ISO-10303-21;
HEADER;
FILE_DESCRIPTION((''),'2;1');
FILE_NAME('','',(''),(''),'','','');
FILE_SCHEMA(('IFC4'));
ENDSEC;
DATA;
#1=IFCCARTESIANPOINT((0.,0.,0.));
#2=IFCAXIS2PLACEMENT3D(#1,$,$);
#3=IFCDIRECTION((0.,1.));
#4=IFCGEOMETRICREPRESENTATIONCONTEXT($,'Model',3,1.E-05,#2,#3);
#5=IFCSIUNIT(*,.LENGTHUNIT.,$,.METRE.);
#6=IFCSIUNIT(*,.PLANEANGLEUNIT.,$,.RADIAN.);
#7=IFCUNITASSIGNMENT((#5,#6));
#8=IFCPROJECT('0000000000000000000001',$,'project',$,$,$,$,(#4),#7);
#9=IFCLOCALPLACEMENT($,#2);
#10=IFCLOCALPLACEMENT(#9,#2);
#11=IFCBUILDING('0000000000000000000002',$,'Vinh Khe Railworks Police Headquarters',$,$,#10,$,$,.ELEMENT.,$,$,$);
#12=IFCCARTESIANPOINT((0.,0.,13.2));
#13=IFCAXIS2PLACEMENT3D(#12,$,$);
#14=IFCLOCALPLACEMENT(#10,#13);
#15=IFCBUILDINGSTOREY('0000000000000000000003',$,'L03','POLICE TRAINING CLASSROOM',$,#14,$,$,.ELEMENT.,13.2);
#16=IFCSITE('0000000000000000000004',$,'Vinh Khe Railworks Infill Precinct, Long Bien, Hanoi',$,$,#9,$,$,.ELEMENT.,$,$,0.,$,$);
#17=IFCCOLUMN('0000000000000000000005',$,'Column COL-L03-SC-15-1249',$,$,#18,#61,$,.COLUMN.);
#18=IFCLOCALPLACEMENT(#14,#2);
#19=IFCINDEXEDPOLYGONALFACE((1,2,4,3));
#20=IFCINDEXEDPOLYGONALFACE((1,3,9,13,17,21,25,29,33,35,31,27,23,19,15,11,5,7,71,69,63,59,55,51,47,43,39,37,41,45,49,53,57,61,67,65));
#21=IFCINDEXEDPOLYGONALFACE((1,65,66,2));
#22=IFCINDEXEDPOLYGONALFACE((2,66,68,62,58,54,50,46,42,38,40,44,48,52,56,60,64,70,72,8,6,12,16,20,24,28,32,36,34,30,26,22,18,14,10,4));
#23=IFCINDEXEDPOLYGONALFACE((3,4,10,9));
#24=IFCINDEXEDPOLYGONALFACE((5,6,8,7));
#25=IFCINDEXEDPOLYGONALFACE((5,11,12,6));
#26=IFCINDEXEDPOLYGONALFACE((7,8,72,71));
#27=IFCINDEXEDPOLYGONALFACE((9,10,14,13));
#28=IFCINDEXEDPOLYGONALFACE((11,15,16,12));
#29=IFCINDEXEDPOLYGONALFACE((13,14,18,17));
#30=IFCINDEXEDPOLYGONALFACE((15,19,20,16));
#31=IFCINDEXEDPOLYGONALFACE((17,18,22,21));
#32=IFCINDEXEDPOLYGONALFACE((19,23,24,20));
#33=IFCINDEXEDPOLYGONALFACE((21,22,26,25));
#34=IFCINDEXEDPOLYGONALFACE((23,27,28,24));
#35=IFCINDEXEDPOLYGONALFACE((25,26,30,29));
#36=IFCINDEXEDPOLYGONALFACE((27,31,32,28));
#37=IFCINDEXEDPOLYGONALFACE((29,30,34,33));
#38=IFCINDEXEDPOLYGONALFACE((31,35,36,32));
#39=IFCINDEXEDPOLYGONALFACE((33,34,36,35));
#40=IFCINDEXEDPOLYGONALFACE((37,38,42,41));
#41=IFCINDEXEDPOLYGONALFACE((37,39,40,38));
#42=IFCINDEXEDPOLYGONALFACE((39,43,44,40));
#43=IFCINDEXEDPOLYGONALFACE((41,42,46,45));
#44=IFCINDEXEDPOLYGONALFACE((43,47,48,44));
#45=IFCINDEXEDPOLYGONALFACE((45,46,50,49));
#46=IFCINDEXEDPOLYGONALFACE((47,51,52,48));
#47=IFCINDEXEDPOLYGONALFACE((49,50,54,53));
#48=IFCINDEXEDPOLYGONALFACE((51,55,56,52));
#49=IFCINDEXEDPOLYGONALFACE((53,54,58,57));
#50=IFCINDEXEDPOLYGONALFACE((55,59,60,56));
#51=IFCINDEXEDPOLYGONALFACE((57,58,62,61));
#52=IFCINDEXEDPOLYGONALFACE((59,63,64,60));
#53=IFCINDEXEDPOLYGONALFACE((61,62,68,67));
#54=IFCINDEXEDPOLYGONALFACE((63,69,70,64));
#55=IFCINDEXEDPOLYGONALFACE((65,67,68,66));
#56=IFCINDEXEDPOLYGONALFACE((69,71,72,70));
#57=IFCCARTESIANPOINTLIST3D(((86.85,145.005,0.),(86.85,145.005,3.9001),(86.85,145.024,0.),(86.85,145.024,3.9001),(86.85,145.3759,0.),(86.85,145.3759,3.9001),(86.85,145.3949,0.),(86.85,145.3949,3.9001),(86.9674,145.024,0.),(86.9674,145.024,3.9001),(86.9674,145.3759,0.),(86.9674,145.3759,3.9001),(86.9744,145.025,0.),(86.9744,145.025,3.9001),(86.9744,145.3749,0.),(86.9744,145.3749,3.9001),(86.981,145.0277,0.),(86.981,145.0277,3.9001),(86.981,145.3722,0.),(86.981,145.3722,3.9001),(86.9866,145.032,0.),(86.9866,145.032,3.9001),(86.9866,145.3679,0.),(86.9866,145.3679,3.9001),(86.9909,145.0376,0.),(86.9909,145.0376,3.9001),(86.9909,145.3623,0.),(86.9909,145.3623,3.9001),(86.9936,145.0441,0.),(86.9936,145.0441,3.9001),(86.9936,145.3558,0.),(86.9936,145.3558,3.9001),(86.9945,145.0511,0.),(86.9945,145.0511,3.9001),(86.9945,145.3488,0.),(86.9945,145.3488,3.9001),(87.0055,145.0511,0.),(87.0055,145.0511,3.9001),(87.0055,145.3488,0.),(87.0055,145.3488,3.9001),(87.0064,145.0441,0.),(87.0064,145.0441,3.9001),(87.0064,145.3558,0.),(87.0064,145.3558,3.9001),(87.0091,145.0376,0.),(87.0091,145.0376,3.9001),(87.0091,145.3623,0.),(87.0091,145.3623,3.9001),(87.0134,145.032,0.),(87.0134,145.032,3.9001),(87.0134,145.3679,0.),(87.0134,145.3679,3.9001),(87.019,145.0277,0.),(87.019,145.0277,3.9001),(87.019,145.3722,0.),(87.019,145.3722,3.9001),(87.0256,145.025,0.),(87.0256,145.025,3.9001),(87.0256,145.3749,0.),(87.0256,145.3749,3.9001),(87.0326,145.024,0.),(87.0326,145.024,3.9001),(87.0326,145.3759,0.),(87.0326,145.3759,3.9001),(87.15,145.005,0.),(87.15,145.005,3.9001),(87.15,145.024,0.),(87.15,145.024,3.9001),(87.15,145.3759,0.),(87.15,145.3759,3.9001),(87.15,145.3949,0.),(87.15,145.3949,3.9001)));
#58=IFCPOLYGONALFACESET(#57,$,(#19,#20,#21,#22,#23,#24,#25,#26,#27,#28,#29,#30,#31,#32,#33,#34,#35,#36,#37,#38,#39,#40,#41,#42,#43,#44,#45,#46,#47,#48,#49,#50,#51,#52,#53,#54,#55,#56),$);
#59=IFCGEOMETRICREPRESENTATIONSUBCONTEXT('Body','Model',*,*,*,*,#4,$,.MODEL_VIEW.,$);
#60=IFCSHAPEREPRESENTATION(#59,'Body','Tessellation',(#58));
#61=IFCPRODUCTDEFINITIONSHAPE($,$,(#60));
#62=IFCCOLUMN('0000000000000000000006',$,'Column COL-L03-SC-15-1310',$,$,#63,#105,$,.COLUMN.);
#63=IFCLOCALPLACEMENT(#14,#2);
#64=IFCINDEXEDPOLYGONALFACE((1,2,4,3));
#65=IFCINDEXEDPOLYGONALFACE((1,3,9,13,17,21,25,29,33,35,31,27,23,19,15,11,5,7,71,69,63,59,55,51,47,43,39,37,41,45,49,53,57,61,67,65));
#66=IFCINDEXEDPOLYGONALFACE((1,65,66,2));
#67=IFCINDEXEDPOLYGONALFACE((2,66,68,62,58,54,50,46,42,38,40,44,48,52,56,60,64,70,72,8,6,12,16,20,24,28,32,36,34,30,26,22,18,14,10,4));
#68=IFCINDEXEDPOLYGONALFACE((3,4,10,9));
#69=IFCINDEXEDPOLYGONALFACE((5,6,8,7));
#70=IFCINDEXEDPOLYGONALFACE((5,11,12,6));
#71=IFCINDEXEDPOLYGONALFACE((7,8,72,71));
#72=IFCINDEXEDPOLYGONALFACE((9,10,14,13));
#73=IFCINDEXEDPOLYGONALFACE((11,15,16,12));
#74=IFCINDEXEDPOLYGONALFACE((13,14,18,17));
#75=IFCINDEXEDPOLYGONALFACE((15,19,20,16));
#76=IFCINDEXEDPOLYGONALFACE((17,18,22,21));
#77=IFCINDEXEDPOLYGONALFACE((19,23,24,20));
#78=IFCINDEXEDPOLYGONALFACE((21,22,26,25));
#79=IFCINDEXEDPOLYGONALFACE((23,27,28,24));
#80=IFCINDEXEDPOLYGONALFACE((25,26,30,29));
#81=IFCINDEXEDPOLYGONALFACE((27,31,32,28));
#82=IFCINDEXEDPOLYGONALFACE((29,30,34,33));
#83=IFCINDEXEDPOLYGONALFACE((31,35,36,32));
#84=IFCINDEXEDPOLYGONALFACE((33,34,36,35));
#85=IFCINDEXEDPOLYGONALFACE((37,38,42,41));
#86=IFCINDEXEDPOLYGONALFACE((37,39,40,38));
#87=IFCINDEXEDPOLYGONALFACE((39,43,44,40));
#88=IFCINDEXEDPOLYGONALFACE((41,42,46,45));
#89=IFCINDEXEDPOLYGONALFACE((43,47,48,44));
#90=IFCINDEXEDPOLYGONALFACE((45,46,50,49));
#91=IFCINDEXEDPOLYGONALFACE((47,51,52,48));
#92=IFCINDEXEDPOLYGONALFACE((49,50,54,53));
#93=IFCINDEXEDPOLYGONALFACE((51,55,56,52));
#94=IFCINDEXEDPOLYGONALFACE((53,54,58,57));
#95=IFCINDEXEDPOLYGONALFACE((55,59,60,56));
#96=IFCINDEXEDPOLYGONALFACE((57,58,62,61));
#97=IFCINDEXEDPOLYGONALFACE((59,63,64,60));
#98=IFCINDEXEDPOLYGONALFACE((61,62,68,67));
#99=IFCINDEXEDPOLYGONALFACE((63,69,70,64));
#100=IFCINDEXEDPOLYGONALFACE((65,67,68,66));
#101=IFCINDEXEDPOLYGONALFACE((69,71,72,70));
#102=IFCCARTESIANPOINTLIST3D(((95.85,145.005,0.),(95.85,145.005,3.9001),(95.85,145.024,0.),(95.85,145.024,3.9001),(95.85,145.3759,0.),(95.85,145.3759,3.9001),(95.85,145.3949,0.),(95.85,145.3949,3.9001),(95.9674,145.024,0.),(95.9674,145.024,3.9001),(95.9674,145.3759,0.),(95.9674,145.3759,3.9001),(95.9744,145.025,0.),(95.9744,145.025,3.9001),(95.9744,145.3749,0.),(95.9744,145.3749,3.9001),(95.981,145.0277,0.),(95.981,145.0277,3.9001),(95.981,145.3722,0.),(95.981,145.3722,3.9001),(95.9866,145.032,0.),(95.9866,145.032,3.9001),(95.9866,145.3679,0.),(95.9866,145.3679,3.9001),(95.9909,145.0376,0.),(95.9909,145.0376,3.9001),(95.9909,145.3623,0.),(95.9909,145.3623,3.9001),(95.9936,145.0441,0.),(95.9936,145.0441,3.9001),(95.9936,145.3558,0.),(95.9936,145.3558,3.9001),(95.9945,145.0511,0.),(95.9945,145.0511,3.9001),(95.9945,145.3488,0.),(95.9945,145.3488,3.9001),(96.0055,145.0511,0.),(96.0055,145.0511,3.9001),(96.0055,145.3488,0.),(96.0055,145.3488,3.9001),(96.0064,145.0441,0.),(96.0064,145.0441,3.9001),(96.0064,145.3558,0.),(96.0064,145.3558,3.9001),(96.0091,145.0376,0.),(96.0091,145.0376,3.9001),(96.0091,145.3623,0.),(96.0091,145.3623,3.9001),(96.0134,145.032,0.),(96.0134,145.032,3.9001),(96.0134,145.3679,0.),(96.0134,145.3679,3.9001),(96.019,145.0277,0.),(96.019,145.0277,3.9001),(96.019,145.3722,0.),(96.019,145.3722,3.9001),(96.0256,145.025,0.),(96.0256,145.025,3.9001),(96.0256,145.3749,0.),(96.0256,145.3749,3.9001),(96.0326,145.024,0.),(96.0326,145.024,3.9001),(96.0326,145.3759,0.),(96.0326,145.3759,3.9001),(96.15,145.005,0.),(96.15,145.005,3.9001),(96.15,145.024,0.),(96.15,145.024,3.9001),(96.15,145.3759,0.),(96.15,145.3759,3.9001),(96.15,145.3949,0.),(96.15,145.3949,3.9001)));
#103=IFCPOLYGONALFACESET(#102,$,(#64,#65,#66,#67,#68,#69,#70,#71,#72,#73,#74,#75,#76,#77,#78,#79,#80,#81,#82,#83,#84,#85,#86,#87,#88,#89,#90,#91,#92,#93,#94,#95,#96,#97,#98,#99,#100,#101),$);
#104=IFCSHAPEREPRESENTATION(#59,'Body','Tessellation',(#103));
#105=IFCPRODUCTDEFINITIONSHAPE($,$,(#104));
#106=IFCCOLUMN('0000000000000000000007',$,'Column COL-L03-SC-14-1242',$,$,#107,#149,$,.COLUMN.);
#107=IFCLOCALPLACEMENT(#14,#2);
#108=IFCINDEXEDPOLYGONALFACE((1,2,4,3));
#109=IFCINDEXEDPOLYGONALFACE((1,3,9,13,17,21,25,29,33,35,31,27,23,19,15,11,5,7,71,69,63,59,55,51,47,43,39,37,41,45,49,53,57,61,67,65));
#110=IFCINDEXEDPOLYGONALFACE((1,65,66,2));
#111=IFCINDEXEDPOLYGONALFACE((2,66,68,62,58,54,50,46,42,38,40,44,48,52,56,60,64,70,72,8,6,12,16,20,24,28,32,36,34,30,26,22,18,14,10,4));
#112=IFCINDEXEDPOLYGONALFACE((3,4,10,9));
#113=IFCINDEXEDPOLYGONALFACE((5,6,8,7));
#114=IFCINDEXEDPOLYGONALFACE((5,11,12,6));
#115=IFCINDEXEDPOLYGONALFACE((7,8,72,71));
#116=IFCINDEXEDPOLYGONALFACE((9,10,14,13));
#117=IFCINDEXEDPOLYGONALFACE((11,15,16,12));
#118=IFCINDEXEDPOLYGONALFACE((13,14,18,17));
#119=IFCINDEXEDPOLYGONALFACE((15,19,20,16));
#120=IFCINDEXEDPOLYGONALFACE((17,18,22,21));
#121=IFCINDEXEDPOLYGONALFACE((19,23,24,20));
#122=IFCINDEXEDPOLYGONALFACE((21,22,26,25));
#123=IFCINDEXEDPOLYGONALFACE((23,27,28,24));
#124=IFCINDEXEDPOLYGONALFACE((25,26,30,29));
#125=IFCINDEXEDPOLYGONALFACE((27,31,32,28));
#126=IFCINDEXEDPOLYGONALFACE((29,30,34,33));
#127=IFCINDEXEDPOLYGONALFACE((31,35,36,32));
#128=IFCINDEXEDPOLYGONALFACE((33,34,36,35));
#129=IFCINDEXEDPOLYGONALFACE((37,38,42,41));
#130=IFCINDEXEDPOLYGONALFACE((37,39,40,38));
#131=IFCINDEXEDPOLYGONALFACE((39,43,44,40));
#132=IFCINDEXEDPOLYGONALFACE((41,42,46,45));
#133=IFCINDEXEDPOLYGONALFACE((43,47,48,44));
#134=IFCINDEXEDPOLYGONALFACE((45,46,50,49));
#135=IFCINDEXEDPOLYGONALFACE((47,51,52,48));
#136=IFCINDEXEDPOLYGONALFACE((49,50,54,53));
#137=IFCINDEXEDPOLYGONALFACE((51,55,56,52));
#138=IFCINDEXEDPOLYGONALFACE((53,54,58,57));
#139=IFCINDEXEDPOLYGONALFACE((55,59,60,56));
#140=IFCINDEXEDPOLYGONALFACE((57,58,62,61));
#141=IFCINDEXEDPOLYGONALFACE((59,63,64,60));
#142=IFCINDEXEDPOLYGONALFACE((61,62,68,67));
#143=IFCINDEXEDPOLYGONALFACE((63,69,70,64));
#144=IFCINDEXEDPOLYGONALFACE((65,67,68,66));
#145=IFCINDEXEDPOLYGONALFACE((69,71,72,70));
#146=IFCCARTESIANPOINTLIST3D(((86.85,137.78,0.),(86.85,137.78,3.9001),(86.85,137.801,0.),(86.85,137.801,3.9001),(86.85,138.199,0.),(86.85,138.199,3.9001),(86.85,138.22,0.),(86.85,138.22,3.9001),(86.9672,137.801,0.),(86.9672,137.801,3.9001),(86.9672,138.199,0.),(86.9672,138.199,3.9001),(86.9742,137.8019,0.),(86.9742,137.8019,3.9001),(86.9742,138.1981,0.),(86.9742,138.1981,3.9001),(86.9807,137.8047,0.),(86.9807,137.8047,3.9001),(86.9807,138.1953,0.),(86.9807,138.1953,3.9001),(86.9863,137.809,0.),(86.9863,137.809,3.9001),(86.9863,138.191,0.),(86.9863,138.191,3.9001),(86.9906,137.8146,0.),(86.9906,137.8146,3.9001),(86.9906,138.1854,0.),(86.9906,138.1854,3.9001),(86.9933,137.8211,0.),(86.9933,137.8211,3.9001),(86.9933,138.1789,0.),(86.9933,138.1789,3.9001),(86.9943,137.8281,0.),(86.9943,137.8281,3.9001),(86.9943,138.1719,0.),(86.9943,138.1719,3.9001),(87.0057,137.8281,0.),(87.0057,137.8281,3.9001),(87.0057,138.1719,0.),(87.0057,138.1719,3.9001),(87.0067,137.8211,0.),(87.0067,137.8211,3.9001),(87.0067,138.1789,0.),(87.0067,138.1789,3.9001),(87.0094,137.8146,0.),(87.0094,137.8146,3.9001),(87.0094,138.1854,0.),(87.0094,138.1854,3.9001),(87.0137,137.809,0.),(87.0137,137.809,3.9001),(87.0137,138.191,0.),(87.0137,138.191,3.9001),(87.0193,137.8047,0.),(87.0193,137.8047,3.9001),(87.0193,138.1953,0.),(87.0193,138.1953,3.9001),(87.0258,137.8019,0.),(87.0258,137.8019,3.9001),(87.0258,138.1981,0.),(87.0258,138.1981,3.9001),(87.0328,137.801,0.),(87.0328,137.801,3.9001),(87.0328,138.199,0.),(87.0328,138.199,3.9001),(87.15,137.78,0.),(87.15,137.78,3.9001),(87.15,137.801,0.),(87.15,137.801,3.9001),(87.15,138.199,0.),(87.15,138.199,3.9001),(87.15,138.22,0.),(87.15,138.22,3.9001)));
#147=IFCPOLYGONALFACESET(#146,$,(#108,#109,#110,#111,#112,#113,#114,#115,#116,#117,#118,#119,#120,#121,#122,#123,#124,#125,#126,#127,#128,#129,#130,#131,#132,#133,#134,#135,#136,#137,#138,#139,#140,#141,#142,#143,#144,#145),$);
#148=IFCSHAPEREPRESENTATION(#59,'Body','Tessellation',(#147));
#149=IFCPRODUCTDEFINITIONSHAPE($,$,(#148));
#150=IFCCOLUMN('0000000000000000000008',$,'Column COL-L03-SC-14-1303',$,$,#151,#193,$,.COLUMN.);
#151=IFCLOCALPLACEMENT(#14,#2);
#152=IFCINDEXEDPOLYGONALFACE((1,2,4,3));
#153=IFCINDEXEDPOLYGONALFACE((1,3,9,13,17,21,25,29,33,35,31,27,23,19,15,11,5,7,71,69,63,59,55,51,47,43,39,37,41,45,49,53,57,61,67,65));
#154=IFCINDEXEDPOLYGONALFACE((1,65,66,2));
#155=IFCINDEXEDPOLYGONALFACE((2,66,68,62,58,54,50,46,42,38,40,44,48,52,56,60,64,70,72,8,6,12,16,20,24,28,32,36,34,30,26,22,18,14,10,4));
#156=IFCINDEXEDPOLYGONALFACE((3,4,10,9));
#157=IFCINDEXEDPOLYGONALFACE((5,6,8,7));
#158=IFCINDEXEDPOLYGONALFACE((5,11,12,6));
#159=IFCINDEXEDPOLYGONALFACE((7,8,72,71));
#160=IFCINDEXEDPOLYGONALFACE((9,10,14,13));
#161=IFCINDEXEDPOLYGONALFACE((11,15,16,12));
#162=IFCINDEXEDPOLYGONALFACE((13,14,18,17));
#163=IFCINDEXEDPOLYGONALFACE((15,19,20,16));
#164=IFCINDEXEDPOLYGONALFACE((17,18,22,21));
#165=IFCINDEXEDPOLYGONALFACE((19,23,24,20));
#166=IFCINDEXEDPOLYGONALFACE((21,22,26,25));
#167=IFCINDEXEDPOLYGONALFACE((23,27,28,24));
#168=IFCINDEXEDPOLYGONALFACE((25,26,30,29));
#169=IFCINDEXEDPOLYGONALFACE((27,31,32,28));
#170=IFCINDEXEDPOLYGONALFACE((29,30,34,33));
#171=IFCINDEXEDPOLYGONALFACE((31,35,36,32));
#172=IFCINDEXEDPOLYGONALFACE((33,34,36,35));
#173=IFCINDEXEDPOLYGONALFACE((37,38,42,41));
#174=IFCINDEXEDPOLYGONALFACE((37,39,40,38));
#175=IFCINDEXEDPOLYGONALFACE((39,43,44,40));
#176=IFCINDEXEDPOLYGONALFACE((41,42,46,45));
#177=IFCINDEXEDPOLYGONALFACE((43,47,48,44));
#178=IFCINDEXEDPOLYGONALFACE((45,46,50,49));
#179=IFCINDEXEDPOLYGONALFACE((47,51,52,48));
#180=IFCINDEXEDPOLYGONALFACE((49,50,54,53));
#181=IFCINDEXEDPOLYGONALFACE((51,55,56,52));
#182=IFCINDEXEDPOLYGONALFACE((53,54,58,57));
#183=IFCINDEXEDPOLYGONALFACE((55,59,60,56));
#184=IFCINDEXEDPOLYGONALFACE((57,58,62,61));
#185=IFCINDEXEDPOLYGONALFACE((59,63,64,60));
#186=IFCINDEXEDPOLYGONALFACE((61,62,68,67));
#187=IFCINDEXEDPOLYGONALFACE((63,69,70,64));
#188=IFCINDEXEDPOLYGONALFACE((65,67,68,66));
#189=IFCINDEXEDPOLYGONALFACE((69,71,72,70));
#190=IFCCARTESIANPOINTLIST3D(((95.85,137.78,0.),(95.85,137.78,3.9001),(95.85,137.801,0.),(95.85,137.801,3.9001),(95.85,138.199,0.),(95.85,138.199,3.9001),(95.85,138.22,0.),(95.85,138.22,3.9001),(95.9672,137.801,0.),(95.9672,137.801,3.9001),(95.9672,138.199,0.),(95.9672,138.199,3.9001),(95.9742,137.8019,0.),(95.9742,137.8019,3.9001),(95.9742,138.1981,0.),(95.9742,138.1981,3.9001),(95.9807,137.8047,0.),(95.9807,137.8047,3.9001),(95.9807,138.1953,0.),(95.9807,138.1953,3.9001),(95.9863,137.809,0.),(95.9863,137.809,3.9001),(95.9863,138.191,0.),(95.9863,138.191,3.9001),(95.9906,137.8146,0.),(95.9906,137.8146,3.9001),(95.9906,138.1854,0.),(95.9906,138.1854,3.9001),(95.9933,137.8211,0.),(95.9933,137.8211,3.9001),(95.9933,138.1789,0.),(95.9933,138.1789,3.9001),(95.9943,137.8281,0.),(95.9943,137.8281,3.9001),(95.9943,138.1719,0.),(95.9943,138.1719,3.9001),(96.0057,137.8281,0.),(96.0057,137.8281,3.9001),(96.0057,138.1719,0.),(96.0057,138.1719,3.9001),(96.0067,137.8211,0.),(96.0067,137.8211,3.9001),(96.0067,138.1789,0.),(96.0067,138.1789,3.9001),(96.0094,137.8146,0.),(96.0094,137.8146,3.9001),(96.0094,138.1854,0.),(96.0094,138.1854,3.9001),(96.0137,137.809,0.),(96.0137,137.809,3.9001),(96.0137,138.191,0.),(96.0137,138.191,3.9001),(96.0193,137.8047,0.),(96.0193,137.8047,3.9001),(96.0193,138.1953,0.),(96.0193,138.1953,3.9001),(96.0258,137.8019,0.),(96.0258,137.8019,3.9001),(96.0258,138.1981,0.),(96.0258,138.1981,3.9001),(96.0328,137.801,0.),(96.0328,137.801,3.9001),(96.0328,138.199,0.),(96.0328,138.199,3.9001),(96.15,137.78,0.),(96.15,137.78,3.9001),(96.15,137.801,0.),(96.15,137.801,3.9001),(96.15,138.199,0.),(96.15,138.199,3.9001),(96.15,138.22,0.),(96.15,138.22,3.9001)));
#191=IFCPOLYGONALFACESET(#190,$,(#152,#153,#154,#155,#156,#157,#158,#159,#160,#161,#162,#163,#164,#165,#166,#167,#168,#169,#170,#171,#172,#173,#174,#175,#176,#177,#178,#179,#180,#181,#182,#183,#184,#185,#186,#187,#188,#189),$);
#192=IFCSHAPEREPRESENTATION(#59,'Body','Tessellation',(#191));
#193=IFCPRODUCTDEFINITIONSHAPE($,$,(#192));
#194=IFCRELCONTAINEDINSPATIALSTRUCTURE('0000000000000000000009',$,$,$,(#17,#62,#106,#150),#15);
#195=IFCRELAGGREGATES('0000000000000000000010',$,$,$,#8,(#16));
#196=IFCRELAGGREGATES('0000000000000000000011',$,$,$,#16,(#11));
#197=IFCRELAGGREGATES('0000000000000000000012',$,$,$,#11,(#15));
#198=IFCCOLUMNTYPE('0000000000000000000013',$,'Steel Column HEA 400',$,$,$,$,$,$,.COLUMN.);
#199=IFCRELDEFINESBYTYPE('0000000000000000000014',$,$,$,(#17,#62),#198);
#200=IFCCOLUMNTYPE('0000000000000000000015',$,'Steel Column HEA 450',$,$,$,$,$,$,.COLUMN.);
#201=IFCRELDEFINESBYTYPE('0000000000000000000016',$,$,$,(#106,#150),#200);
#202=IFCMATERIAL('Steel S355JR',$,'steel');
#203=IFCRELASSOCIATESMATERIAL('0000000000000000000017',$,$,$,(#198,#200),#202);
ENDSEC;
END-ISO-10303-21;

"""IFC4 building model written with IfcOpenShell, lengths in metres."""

from ifc_helpers import new_model, si_unit, direction, frame, origin, origin_2d, place, context, subcontext, project, spatial, i_section, extrude, material, material_profile, profile_set, type_object, element, save


model = new_model("IFC4")

# Units and contexts
model_context = context("Model", 3, precision=1e-05, world=origin(), true_north=direction((0.0, 1.0)))
body_context = subcontext(model_context, "Body", "Model", "MODEL_VIEW")
ifc_project = project(units=[si_unit("LENGTHUNIT", "METRE"), si_unit("PLANEANGLEUNIT", "RADIAN")], contexts=[model_context])

# Site, building, storey
site_placement = place(None, origin())
site = spatial("IfcSite", under=ifc_project, at=site_placement, Name="Vinh Khe Railworks Infill Precinct, Long Bien, Hanoi", CompositionType="ELEMENT", RefElevation=0.0)
building_placement = place(site_placement, origin())
building = spatial("IfcBuilding", under=site, at=building_placement, Name="Vinh Khe Railworks Police Headquarters", CompositionType="ELEMENT")
storey_placement = place(building_placement, frame((0.0, 0.0, 13.2)))
storey = spatial("IfcBuildingStorey", under=building, at=storey_placement, Name="L03", Description="POLICE TRAINING CLASSROOM", CompositionType="ELEMENT", Elevation=13.2)

# Columns
ifc_material_1 = material(Name="Steel S355JR", Category="steel")
ifc_material_profile_1 = material_profile(ifc_material_1, i_section(OverallWidth=0.3, OverallDepth=0.3899, WebThickness=0.011, FlangeThickness=0.019, FilletRadius=0.0271, at=origin_2d()), Name="HEA 400")
ifc_profile_set_1 = profile_set([ifc_material_profile_1], Name="Steel S355JR")
column_type_1 = type_object("IfcColumnType", Name="Steel Column HEA 400", PredefinedType="COLUMN", material=ifc_profile_set_1)
for number, where, z_axis, x_axis, name in (
    (1, (87.0, 145.2, 0.0), (0.0, 0.0, 1.0), (1.0, 0.0, 0.0), "Column COL-L03-SC-15-1249"),
    (2, (96.0, 145.2, 0.0), (0.0, 0.0, 1.0), (1.0, 0.0, 0.0), "Column COL-L03-SC-15-1310"),
):
    element("IfcColumn", number, at=place(storey_placement, frame(where, z_axis=z_axis, x_axis=x_axis)), inside=storey, type_object=column_type_1, Name=name, PredefinedType="COLUMN", context=body_context, shape_type="SweptSolid", body=[
        extrude(i_section(OverallWidth=0.3, OverallDepth=0.3899, WebThickness=0.011, FlangeThickness=0.019, FilletRadius=0.0271, at=origin_2d()), origin(), (0.0, 0.0, 1.0), 3.9001),
    ])
ifc_material_profile_2 = material_profile(ifc_material_1, i_section(OverallWidth=0.3, OverallDepth=0.4399, WebThickness=0.0115, FlangeThickness=0.021, FilletRadius=0.0271, at=origin_2d()), Name="HEA 450")
ifc_profile_set_2 = profile_set([ifc_material_profile_2], Name="Steel S355JR")
column_type_2 = type_object("IfcColumnType", Name="Steel Column HEA 450", PredefinedType="COLUMN", material=ifc_profile_set_2)
for number, where, z_axis, x_axis, name in (
    (3, (87.0, 138.0, 0.0), (0.0, 0.0, 1.0), (1.0, 0.0, 0.0), "Column COL-L03-SC-14-1242"),
    (4, (96.0, 138.0, 0.0), (0.0, 0.0, 1.0), (1.0, 0.0, 0.0), "Column COL-L03-SC-14-1303"),
):
    element("IfcColumn", number, at=place(storey_placement, frame(where, z_axis=z_axis, x_axis=x_axis)), inside=storey, type_object=column_type_2, Name=name, PredefinedType="COLUMN", context=body_context, shape_type="SweptSolid", body=[
        extrude(i_section(OverallWidth=0.3, OverallDepth=0.4399, WebThickness=0.0115, FlangeThickness=0.021, FilletRadius=0.0271, at=origin_2d()), origin(), (0.0, 0.0, 1.0), 3.9001),
    ])

save(model, "model.ifc")
